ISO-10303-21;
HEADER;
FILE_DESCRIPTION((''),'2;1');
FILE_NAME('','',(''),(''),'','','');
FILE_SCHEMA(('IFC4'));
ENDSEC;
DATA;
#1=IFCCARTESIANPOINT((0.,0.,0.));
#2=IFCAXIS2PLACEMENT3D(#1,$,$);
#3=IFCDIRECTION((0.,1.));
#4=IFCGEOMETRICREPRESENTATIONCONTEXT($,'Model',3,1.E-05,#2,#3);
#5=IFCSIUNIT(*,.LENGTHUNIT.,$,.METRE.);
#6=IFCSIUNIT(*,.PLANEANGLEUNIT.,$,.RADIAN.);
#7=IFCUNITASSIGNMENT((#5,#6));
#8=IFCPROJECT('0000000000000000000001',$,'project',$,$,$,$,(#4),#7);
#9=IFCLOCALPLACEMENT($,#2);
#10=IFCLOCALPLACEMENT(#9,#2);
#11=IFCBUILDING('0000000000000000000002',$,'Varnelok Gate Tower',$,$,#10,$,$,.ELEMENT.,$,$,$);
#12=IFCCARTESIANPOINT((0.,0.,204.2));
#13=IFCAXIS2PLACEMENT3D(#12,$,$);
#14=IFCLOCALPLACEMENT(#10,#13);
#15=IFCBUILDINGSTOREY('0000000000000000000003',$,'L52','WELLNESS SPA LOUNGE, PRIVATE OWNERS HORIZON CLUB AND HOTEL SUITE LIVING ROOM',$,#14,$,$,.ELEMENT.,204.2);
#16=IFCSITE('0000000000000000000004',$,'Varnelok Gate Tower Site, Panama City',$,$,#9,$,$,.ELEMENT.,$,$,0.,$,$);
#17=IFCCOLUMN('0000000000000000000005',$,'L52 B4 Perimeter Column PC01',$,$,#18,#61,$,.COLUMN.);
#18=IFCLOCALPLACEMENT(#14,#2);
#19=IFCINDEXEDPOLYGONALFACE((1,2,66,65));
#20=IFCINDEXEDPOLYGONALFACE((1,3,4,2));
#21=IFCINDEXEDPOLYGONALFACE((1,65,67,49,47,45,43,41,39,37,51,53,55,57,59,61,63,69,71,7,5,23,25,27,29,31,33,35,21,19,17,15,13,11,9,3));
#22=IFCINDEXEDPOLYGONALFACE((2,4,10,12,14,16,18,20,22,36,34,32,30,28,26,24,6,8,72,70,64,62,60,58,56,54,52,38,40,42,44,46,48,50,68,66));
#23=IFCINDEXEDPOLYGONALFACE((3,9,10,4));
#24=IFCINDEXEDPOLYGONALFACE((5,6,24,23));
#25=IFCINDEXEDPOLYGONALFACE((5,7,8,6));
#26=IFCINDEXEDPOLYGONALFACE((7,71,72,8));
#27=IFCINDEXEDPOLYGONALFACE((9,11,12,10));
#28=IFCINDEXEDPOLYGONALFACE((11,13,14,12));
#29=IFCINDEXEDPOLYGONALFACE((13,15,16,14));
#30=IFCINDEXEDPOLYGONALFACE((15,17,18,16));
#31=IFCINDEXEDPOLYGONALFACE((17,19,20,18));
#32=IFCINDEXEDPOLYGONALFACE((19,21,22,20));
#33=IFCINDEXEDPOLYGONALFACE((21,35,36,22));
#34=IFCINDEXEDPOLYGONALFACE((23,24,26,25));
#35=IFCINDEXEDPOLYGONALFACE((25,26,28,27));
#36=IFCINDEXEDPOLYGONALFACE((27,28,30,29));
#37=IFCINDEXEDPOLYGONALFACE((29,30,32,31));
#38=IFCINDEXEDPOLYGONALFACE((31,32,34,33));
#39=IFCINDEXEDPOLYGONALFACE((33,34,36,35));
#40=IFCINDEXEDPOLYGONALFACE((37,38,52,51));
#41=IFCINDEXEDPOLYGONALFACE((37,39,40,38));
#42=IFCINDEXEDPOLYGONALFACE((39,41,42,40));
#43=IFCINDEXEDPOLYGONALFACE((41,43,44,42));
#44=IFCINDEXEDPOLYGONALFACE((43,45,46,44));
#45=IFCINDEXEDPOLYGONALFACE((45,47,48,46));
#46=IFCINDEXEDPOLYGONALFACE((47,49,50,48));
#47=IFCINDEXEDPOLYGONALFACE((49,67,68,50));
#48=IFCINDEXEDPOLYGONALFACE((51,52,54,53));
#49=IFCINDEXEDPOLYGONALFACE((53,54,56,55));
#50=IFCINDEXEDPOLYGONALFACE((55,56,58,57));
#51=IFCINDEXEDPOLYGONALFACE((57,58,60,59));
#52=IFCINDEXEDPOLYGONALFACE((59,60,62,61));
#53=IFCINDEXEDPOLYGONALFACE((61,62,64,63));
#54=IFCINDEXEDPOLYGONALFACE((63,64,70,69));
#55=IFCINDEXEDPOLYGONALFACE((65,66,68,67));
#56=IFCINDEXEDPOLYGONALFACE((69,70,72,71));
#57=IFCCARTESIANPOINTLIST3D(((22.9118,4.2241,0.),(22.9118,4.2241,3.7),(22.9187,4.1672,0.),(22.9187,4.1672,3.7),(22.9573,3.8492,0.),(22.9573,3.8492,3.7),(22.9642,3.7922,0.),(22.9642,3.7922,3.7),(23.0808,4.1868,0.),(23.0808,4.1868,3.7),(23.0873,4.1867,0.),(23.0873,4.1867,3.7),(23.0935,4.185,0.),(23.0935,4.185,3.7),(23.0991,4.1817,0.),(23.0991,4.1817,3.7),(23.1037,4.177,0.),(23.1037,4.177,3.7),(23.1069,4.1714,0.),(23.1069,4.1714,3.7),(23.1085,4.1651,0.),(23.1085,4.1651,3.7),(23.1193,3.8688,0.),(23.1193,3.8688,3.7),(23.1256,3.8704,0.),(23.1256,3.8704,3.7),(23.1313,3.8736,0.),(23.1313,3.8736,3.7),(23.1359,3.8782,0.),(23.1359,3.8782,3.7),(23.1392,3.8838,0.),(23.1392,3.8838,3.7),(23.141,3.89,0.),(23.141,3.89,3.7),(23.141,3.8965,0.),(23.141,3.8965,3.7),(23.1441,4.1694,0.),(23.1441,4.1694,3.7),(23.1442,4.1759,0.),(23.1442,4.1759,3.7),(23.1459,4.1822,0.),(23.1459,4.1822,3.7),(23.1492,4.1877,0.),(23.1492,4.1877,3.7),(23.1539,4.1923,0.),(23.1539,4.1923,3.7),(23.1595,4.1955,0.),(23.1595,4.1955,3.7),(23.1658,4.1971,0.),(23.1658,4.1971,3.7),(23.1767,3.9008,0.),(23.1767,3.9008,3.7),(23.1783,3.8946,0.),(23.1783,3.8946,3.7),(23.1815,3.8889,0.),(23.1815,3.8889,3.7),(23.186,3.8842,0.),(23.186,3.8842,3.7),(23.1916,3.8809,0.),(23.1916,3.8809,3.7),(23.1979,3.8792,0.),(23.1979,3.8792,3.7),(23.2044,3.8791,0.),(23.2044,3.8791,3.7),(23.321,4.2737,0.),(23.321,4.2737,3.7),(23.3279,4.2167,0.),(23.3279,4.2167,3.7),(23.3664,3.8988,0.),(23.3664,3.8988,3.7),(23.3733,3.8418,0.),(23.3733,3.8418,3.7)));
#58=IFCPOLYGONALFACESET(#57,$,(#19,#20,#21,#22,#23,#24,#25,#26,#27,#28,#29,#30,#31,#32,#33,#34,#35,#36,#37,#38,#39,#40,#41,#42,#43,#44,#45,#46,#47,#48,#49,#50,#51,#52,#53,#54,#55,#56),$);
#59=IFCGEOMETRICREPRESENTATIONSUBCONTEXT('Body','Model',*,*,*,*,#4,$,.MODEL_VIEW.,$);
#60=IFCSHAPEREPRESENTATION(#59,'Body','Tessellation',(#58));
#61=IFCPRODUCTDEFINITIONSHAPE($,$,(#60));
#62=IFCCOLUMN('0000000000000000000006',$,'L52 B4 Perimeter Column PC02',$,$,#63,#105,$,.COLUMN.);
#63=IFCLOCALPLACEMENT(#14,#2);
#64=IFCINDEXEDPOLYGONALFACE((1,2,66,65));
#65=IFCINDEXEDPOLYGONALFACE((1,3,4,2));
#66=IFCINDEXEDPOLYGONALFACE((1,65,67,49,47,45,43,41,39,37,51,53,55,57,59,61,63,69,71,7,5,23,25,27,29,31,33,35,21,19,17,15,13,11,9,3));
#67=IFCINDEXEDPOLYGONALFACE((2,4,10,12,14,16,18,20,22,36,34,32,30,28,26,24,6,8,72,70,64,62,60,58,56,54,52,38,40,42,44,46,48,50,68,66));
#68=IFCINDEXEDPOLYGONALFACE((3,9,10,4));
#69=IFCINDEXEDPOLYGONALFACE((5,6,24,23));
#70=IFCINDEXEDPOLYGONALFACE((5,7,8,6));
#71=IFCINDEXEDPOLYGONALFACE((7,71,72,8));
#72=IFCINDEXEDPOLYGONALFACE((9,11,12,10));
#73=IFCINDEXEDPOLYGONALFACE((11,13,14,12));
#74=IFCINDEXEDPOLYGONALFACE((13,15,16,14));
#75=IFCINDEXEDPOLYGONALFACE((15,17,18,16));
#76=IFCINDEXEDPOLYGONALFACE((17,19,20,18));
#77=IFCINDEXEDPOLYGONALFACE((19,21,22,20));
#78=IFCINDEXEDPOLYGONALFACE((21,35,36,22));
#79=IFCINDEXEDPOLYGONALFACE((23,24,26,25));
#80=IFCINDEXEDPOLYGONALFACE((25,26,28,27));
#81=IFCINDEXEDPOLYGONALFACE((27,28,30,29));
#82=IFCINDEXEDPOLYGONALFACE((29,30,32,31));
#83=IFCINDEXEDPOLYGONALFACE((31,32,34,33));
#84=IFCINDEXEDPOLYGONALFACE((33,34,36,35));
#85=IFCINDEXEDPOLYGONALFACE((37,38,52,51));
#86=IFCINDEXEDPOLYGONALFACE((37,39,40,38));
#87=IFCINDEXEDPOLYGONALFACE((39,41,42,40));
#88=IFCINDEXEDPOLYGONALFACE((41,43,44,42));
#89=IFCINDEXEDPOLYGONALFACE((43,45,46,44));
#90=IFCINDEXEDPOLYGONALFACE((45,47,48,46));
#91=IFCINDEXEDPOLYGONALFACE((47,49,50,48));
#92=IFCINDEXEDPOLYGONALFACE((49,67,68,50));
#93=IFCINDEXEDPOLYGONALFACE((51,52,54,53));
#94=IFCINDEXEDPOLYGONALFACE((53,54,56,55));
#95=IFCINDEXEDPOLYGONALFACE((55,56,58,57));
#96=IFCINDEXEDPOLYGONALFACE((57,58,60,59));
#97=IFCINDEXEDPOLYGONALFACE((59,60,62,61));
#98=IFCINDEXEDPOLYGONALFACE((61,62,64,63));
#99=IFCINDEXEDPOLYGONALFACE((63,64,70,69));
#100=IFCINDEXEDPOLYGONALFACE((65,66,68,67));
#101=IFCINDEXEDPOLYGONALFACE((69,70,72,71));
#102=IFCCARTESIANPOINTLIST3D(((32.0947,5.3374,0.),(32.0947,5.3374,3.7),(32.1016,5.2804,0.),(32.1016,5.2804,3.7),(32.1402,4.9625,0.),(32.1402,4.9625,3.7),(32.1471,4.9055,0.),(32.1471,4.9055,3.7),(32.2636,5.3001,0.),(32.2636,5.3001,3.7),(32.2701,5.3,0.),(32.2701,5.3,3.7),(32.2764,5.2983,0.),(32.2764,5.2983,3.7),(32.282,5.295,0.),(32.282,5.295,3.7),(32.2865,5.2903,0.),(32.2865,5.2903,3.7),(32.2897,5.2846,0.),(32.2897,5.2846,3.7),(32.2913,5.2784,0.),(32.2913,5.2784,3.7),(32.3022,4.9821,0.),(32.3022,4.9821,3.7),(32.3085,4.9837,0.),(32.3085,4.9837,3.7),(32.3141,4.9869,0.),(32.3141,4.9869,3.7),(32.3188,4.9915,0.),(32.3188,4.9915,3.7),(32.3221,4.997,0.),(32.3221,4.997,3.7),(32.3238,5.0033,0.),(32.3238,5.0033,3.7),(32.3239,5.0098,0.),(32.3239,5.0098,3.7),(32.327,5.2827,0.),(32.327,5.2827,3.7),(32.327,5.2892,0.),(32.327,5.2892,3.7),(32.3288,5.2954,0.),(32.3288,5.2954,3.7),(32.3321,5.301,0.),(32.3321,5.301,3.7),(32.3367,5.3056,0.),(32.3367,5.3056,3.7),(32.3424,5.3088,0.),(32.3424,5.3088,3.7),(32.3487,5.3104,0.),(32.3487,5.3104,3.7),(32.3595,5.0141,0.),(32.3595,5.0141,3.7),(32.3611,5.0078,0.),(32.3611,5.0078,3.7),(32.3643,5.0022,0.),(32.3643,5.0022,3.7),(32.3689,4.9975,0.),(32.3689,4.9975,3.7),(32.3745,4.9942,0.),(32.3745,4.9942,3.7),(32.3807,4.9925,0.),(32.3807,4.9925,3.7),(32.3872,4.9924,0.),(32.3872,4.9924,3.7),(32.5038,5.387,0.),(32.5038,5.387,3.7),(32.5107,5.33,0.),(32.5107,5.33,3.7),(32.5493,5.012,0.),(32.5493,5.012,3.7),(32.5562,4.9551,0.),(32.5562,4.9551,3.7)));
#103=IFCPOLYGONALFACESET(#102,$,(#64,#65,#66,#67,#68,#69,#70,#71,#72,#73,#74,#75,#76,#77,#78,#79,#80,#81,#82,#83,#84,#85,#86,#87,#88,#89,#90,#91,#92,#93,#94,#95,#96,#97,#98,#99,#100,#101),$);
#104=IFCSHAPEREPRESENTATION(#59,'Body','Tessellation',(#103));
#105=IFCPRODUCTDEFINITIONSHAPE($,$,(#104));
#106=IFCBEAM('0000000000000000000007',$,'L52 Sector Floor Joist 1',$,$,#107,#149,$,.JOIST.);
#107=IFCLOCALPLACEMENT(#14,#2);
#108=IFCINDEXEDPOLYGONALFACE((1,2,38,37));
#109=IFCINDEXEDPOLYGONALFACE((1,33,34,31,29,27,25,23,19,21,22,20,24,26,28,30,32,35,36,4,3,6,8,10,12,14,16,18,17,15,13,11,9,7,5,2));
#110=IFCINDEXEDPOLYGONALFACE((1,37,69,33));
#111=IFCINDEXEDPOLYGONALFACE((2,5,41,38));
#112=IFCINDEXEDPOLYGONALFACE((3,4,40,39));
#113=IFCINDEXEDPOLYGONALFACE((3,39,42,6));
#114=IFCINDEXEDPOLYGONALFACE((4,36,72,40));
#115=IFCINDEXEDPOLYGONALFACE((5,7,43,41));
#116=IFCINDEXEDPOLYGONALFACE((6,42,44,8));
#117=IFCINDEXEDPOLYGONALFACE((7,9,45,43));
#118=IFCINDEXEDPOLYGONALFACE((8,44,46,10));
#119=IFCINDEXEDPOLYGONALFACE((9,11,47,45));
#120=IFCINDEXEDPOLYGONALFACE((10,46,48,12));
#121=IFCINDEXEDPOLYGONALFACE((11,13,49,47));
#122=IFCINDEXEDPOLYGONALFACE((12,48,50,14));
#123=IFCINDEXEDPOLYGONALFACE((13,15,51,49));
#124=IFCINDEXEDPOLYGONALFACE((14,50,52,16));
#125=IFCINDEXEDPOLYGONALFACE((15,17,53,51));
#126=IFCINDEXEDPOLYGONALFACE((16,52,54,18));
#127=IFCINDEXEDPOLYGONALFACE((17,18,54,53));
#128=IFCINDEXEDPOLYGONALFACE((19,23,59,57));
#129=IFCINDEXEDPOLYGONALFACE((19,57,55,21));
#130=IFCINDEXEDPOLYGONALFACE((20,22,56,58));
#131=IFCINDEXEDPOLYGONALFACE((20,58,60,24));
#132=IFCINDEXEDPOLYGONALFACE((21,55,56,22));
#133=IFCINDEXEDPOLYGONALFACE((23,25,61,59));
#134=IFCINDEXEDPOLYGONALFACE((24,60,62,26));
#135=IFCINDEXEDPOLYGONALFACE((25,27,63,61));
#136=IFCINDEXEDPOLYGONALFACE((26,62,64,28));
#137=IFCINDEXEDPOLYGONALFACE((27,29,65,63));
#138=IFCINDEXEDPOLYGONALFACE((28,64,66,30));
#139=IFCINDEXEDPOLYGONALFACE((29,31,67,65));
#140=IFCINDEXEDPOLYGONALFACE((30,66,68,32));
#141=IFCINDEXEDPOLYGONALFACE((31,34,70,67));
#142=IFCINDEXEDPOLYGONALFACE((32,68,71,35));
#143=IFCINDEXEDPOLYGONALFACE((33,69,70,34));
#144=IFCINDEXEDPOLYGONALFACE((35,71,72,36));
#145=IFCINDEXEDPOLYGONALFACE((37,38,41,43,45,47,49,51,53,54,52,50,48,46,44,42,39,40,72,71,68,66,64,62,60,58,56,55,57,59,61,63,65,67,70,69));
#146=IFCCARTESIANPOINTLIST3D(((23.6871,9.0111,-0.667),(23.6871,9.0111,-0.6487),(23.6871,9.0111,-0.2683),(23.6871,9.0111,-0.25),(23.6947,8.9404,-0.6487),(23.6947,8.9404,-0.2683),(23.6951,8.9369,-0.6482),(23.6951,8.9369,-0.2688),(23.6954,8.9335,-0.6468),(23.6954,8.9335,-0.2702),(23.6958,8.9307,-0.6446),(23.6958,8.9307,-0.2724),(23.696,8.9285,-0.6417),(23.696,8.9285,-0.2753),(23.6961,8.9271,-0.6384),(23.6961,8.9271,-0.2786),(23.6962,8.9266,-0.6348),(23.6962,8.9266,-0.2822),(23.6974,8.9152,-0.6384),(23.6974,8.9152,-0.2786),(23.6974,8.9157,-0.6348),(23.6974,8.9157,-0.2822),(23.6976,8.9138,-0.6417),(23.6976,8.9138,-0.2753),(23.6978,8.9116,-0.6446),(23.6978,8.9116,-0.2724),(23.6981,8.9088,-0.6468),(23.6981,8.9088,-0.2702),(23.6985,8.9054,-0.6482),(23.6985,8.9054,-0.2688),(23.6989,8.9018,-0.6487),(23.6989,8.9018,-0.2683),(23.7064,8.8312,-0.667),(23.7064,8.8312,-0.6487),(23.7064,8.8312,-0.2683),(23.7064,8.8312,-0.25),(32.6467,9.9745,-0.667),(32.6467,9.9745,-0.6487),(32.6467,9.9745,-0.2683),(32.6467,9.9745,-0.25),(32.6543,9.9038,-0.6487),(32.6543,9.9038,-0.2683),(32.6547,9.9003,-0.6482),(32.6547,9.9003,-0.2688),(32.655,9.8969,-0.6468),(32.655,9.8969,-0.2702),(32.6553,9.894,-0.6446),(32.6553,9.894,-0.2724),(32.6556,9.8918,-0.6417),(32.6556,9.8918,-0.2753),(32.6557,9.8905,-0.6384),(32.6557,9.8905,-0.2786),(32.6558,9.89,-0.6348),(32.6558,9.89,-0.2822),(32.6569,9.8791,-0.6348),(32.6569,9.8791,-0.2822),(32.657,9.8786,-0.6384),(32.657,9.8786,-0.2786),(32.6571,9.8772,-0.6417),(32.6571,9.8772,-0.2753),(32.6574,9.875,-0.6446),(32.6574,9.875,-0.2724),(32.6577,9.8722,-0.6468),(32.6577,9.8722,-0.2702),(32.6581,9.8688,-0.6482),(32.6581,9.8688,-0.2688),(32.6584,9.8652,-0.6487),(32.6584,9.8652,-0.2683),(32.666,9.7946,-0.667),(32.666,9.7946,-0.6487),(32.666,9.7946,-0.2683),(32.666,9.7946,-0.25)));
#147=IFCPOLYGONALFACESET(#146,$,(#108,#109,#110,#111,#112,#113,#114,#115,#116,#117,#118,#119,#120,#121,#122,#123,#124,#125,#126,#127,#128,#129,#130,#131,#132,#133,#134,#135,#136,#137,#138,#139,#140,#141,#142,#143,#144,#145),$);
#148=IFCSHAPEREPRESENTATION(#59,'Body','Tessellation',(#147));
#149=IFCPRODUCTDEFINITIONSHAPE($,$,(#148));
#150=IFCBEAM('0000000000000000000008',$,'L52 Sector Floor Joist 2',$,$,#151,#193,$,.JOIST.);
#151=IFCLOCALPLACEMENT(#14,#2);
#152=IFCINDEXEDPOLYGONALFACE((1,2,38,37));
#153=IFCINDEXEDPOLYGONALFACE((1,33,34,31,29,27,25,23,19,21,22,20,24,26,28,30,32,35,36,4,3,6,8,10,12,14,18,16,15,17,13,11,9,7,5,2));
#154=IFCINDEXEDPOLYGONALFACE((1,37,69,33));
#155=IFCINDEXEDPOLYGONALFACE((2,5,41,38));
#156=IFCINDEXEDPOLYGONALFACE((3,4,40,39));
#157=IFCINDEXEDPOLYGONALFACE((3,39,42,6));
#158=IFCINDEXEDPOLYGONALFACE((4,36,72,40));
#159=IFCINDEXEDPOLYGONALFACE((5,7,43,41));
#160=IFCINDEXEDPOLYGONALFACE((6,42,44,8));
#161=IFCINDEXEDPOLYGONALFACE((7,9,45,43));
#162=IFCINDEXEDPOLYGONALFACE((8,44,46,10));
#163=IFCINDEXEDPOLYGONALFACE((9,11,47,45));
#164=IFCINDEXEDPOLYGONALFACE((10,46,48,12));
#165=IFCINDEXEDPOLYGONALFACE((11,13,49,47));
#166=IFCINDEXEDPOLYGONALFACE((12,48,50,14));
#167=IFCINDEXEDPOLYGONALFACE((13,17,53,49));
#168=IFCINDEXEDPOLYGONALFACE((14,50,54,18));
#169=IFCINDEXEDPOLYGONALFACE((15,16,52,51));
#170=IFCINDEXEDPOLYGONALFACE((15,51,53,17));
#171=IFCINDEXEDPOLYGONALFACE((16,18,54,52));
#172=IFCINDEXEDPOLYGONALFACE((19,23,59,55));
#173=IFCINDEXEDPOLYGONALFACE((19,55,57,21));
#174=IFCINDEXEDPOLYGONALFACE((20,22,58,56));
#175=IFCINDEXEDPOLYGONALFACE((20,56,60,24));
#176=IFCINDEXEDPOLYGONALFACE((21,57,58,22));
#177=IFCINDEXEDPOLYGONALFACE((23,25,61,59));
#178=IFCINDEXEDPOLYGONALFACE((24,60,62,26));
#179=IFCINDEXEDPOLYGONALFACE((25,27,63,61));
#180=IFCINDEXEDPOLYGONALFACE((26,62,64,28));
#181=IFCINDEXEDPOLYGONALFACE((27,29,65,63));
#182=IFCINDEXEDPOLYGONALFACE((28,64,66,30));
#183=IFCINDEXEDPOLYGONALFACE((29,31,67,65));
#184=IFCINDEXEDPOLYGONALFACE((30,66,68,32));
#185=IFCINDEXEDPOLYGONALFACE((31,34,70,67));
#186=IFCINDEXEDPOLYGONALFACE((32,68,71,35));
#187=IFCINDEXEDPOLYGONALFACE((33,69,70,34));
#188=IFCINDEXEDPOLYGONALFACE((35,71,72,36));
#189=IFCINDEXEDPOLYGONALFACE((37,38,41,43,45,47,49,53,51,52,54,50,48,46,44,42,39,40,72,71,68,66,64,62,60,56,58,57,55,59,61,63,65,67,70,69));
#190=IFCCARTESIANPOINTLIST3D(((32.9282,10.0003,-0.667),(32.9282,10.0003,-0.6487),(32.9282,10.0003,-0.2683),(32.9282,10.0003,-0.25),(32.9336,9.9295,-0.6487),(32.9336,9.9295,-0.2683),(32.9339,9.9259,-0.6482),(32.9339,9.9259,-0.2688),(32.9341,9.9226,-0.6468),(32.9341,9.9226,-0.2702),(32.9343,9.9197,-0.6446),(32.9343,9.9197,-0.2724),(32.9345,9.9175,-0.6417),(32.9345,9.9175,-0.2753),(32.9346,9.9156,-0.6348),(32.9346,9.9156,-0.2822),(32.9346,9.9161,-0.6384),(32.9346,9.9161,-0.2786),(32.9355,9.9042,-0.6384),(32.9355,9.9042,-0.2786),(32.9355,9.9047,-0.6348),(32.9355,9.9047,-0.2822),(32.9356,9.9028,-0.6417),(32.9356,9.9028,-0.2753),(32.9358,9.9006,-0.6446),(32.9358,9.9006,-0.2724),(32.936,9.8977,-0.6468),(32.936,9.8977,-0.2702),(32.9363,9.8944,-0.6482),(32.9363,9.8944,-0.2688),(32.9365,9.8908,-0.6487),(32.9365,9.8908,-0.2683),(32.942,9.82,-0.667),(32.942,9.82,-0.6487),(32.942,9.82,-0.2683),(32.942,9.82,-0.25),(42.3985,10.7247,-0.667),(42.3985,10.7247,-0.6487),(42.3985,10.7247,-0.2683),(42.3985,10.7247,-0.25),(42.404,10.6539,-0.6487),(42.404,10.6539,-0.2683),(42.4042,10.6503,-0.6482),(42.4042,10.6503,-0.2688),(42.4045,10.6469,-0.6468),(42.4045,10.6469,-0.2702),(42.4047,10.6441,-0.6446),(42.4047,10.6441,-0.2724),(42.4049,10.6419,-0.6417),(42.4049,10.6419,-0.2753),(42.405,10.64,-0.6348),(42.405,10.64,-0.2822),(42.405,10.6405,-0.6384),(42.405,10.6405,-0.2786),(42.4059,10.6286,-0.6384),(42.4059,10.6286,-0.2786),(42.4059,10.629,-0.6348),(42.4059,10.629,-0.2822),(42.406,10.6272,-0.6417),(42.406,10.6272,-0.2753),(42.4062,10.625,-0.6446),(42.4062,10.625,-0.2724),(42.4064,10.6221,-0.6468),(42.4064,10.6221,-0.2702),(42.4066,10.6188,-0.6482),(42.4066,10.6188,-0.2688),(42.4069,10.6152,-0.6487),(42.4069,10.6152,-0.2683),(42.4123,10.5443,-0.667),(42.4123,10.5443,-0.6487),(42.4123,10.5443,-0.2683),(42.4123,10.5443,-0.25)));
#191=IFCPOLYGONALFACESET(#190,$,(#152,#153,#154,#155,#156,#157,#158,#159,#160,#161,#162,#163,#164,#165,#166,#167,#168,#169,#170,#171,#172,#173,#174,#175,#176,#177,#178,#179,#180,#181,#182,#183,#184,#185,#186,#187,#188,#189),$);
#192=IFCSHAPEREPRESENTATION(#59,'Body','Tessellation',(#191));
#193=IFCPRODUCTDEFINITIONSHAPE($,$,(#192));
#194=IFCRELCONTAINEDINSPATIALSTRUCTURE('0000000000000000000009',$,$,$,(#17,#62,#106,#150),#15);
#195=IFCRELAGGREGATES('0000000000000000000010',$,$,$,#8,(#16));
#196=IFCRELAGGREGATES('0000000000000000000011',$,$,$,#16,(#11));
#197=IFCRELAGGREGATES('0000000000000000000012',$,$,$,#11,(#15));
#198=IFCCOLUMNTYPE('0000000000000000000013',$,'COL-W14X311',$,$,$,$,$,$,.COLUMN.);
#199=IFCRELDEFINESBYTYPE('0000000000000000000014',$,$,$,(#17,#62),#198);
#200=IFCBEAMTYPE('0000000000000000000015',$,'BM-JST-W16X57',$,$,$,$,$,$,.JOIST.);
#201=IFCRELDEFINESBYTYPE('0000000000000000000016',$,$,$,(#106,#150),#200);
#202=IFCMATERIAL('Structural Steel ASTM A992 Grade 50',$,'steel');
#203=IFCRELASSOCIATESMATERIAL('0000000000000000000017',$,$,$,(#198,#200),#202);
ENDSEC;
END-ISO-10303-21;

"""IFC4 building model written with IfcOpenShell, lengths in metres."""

from ifc_helpers import new_model, si_unit, direction, frame, origin, origin_2d, place, context, subcontext, project, spatial, i_section, extrude, material, material_profile, profile_set, type_object, element, save


model = new_model("IFC4")

# Units and contexts
model_context = context("Model", 3, precision=1e-05, world=origin(), true_north=direction((0.0, 1.0)))
body_context = subcontext(model_context, "Body", "Model", "MODEL_VIEW")
ifc_project = project(units=[si_unit("LENGTHUNIT", "METRE"), si_unit("PLANEANGLEUNIT", "RADIAN")], contexts=[model_context])

# Site, building, storey
site_placement = place(None, origin())
site = spatial("IfcSite", under=ifc_project, at=site_placement, Name="Varnelok Gate Tower Site, Panama City", CompositionType="ELEMENT", RefElevation=0.0)
building_placement = place(site_placement, origin())
building = spatial("IfcBuilding", under=site, at=building_placement, Name="Varnelok Gate Tower", CompositionType="ELEMENT")
storey_placement = place(building_placement, frame((0.0, 0.0, 204.2)))
storey = spatial("IfcBuildingStorey", under=building, at=storey_placement, Name="L52", Description="WELLNESS SPA LOUNGE, PRIVATE OWNERS HORIZON CLUB AND HOTEL SUITE LIVING ROOM", CompositionType="ELEMENT", Elevation=204.2)

# Columns
ifc_material_1 = material(Name="Structural Steel ASTM A992 Grade 50", Category="steel")
ifc_material_profile_1 = material_profile(ifc_material_1, i_section(OverallWidth=0.4121, OverallDepth=0.4351, WebThickness=0.0359, FlangeThickness=0.0574, FilletRadius=0.0249, at=origin_2d()), Name="W14X311")
ifc_profile_set_1 = profile_set([ifc_material_profile_1], Name="Structural Steel ASTM A992 Grade 50")
column_type = type_object("IfcColumnType", Name="COL-W14X311", PredefinedType="COLUMN", material=ifc_profile_set_1)
for number, where, z_axis, x_axis, name in (
    (1, (23.1426, 4.033, 0.0), (0.0, 0.0, 1.0), (0.992732, 0.120345, 0.0), "L52 B4 Perimeter Column PC01"),
    (2, (32.3254, 5.1462, 0.0), (0.0, 0.0, 1.0), (0.992732, 0.120345, 0.0), "L52 B4 Perimeter Column PC02"),
):
    element("IfcColumn", number, at=place(storey_placement, frame(where, z_axis=z_axis, x_axis=x_axis)), inside=storey, type_object=column_type, Name=name, PredefinedType="COLUMN", context=body_context, shape_type="SweptSolid", body=[
        extrude(i_section(OverallWidth=0.4121, OverallDepth=0.4351, WebThickness=0.0359, FlangeThickness=0.0574, FilletRadius=0.0249, at=origin_2d()), origin(), (0.0, 0.0, 1.0), 3.7),
    ])

# Beams
ifc_material_profile_2 = material_profile(ifc_material_1, i_section(OverallWidth=0.1809, OverallDepth=0.417, WebThickness=0.011, FlangeThickness=0.0183, FilletRadius=0.0139, at=origin_2d()), Name="W16X57")
ifc_profile_set_2 = profile_set([ifc_material_profile_2], Name="Structural Steel ASTM A992 Grade 50")
beam_type_1 = type_object("IfcBeamType", Name="BM-JST-W16X57", PredefinedType="JOIST", material=ifc_profile_set_2)
beam_1_placement = place(storey_placement, frame((23.6968, 8.9211, -0.4585), z_axis=(0.994269, 0.10691, 0.0), x_axis=(-0.10691, 0.994269, 0.0)))
element("IfcBeam", 3, at=beam_1_placement, inside=storey, type_object=beam_type_1, Name="L52 Sector Floor Joist 1", PredefinedType="JOIST", context=body_context, shape_type="SweptSolid", body=[
    extrude(i_section(OverallWidth=0.1809, OverallDepth=0.417, WebThickness=0.011, FlangeThickness=0.0183, FilletRadius=0.0139, at=origin_2d()), origin(), (0.0, 0.0, 1.0), 9.0112),
])
beam_2_placement = place(storey_placement, frame((32.9351, 9.9102, -0.4585), z_axis=(0.997088, 0.076264, 0.0), x_axis=(-0.076264, 0.997088, 0.0)))
element("IfcBeam", 4, at=beam_2_placement, inside=storey, type_object=beam_type_1, Name="L52 Sector Floor Joist 2", PredefinedType="JOIST", context=body_context, shape_type="SweptSolid", body=[
    extrude(i_section(OverallWidth=0.1809, OverallDepth=0.417, WebThickness=0.011, FlangeThickness=0.0183, FilletRadius=0.0139, at=origin_2d()), origin(), (0.0, 0.0, 1.0), 9.498),
])

save(model, "model.ifc")
